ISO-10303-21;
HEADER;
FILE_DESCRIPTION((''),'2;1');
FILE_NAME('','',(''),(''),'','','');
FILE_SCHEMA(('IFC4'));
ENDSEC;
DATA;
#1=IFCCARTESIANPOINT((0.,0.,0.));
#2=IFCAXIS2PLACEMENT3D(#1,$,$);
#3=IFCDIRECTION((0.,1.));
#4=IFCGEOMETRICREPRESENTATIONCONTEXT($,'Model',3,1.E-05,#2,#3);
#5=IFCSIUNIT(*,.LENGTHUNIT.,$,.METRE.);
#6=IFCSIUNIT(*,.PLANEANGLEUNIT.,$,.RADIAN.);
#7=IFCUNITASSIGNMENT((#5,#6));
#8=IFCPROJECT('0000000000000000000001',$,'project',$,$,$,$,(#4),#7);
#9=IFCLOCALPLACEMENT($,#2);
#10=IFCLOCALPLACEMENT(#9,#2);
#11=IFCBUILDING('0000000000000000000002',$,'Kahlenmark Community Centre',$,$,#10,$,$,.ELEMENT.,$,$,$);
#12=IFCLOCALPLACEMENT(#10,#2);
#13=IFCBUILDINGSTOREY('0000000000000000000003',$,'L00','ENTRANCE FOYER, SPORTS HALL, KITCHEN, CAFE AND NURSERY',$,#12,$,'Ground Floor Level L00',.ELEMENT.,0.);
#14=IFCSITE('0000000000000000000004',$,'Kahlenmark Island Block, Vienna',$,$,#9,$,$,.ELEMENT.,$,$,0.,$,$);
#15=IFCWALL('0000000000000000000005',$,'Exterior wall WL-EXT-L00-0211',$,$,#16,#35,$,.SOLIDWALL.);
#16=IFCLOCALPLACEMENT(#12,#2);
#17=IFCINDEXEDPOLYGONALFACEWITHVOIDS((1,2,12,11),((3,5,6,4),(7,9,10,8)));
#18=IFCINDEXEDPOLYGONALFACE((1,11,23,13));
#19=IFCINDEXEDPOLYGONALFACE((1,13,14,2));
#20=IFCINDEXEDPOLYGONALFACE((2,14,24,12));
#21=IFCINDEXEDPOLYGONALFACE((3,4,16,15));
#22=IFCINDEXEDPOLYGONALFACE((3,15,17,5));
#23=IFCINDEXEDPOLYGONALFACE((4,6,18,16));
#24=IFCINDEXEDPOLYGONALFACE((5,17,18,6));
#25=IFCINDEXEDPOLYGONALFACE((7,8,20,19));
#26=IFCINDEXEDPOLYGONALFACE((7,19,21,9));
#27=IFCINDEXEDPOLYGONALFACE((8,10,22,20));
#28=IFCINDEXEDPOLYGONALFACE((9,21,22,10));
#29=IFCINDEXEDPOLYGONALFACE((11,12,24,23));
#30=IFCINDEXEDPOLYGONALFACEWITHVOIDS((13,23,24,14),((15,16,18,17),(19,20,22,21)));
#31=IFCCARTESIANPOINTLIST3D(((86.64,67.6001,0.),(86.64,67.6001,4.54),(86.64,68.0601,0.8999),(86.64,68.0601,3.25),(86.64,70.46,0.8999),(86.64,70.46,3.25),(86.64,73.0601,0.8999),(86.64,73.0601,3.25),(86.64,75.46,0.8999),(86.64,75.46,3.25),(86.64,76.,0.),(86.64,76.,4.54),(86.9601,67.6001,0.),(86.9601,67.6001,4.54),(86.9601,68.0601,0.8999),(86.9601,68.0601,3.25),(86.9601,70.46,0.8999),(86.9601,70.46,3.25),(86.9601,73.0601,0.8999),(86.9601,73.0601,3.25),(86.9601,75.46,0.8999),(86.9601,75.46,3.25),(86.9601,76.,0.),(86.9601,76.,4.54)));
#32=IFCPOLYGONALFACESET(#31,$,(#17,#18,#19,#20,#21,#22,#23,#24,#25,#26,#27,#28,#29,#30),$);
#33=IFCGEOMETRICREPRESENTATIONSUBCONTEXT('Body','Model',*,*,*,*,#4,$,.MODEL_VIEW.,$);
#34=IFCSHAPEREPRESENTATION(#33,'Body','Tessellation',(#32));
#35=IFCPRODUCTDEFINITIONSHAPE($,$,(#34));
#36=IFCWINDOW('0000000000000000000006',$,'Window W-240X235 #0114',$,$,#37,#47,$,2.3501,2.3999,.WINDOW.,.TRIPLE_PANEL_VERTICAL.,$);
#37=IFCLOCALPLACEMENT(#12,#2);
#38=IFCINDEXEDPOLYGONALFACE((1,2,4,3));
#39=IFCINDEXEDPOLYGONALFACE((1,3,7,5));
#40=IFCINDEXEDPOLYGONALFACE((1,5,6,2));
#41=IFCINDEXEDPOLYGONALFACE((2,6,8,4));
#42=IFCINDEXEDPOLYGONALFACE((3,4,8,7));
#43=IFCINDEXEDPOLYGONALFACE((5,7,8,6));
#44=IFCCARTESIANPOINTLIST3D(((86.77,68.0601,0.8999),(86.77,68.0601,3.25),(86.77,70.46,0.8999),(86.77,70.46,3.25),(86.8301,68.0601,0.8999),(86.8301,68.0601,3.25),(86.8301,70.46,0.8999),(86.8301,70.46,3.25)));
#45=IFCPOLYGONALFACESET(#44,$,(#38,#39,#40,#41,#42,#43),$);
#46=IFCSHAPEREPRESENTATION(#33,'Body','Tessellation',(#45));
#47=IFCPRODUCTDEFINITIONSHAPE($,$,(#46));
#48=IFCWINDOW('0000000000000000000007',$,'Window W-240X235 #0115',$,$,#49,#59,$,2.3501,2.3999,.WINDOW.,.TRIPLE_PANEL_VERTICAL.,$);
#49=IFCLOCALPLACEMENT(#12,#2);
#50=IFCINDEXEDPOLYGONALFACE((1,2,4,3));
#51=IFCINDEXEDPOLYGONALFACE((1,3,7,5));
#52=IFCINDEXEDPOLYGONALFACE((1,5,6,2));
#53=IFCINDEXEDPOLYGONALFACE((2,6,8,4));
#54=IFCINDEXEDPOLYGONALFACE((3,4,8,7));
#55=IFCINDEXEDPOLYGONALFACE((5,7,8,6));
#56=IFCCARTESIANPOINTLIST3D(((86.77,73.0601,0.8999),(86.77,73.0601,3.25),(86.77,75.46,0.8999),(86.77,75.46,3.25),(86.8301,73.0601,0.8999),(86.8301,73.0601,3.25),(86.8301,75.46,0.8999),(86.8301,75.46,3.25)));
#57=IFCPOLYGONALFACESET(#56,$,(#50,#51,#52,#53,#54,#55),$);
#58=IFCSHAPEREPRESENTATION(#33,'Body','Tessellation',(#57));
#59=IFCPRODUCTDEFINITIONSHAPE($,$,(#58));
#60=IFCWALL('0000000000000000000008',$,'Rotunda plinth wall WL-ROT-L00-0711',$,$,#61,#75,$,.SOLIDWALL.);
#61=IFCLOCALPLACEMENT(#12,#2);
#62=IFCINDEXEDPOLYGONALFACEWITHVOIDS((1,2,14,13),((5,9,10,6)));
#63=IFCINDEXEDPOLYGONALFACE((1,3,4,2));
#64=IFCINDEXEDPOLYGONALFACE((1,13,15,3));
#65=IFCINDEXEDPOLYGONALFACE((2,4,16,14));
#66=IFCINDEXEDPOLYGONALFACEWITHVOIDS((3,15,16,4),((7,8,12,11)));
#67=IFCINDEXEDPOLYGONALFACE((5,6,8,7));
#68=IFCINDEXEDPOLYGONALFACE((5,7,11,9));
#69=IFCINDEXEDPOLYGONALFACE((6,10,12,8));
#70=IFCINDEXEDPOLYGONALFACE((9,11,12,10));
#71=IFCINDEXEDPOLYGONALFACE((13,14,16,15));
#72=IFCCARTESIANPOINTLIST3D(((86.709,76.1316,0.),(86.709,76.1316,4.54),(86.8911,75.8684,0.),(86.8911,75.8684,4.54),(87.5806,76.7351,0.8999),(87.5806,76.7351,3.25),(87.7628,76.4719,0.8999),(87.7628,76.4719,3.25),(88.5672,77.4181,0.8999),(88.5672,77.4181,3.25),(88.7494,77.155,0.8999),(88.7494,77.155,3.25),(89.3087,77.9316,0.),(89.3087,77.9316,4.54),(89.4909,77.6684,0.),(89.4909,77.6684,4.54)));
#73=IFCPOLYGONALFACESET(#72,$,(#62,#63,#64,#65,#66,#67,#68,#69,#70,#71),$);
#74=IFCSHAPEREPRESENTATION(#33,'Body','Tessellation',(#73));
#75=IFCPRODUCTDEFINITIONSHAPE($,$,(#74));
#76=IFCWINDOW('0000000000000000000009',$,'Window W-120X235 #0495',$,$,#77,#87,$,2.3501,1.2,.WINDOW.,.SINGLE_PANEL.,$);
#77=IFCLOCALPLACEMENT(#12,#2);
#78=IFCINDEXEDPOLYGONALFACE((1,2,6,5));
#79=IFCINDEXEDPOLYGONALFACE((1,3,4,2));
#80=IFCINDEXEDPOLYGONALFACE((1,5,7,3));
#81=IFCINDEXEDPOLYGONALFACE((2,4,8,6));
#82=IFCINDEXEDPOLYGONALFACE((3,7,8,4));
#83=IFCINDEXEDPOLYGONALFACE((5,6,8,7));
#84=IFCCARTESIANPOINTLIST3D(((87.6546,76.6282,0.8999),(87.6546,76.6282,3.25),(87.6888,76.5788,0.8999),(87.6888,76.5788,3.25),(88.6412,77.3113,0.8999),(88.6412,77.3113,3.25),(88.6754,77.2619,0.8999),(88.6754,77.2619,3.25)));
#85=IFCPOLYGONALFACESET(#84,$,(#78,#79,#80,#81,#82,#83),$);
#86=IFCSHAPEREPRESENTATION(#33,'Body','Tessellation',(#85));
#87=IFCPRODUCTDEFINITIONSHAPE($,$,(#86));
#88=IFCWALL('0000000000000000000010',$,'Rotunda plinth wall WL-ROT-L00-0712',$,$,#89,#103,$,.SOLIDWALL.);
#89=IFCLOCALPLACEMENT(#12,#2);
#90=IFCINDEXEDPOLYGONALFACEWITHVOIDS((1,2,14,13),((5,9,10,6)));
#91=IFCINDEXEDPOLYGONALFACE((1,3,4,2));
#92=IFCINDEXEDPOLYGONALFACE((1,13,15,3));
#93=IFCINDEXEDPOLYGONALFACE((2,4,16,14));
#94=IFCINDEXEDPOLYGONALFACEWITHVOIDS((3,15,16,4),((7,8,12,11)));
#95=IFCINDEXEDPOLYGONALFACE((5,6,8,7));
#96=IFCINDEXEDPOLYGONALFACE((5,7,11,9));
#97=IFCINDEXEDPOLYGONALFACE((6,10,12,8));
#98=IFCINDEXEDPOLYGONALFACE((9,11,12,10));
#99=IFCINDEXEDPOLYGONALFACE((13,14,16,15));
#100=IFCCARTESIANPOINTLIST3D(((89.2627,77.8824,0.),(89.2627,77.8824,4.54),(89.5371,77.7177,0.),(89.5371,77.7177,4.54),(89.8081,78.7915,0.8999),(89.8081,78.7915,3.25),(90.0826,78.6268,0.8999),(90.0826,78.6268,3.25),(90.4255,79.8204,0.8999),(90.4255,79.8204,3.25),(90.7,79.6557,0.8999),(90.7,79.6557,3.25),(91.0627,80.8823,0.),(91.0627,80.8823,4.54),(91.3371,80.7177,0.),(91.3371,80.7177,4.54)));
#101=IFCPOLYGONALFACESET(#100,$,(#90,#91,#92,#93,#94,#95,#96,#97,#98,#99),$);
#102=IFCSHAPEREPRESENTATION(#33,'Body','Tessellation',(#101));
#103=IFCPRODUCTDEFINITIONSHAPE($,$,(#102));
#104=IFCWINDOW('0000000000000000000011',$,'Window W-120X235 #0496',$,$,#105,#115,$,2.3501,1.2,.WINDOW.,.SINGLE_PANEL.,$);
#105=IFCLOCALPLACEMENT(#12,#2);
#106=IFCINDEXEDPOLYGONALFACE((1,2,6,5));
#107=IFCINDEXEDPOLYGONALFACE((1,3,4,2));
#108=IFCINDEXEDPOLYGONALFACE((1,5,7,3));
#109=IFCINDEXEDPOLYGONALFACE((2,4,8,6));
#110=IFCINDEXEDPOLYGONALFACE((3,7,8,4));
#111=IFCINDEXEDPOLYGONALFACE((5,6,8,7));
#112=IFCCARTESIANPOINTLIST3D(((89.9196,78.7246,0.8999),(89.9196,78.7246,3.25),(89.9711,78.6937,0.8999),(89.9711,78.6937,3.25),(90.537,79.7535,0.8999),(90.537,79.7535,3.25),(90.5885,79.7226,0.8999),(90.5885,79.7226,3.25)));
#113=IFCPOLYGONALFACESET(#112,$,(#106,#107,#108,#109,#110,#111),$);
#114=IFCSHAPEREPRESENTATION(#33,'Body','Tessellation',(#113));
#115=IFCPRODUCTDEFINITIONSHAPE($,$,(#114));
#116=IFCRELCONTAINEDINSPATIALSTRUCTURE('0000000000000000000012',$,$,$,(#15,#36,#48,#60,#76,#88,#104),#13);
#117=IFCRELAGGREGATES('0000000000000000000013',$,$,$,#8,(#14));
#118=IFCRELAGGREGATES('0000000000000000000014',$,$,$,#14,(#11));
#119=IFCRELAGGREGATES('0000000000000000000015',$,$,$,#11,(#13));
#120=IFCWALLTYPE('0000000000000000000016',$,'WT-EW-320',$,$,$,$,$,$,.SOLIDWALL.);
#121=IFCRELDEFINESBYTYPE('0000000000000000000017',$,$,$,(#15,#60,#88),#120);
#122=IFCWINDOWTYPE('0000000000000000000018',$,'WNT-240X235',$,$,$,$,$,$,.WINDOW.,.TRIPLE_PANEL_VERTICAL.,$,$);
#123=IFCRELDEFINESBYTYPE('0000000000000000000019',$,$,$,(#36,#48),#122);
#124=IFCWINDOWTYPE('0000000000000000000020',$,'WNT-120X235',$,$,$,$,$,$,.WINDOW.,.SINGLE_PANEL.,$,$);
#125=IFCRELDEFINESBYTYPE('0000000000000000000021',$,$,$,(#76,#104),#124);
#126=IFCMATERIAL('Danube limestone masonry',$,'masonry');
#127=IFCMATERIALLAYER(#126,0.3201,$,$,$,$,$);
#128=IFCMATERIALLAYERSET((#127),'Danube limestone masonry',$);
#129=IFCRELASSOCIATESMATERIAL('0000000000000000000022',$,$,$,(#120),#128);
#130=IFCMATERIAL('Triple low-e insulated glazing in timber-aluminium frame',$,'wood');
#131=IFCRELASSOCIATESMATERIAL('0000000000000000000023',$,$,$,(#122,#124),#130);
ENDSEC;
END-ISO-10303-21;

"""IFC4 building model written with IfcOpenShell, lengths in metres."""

from ifc_helpers import new_model, si_unit, direction, frame, frame_2d, origin, place, context, subcontext, project, spatial, rectangle, extrude, material, layer, layer_set, type_object, element, fill, save


model = new_model("IFC4")

# Units and contexts
model_context = context("Model", 3, precision=1e-05, world=origin(), true_north=direction((0.0, 1.0)))
body_context = subcontext(model_context, "Body", "Model", "MODEL_VIEW")
ifc_project = project(units=[si_unit("LENGTHUNIT", "METRE"), si_unit("PLANEANGLEUNIT", "RADIAN")], contexts=[model_context])

# Site, building, storey
site_placement = place(None, origin())
site = spatial("IfcSite", under=ifc_project, at=site_placement, Name="Kahlenmark Island Block, Vienna", CompositionType="ELEMENT", RefElevation=0.0)
building_placement = place(site_placement, origin())
building = spatial("IfcBuilding", under=site, at=building_placement, Name="Kahlenmark Community Centre", CompositionType="ELEMENT")
storey_placement = place(building_placement, origin())
storey = spatial("IfcBuildingStorey", under=building, at=storey_placement, Name="L00", Description="ENTRANCE FOYER, SPORTS HALL, KITCHEN, CAFE AND NURSERY", LongName="Ground Floor Level L00", CompositionType="ELEMENT", Elevation=0.0)

# Wall, openings, windows
ifc_material_1 = material(Name="Danube limestone masonry", Category="masonry")
ifc_layer_1 = layer(ifc_material_1, 0.3201)
ifc_layer_set_1 = layer_set([ifc_layer_1], Name="Danube limestone masonry")
wall_type_1 = type_object("IfcWallType", Name="WT-EW-320", PredefinedType="SOLIDWALL", material=ifc_layer_set_1)
wall_1_placement = place(storey_placement, frame((86.8, 67.6001, 0.0), z_axis=(0.0, 0.0, 1.0), x_axis=(0.0, 1.0, 0.0)))
wall_1 = element("IfcWall", 1, at=wall_1_placement, inside=storey, type_object=wall_type_1, Name="Exterior wall WL-EXT-L00-0211", PredefinedType="SOLIDWALL", context=body_context, shape_type="SweptSolid", body=[
    extrude(rectangle(XDim=8.3999, YDim=0.3201, at=frame_2d((4.2, 0.0))), origin(), (0.0, 0.0, 1.0), 4.54),
])
opening_1_placement = place(wall_1_placement, frame((0.46, 0.0, 0.8999)))
opening_1 = element("IfcOpeningElement", 2, at=opening_1_placement, cuts=wall_1, PredefinedType="OPENING", context=body_context, shape_type="SweptSolid", body=[
    extrude(rectangle(XDim=2.3999, YDim=2.3501, at=frame_2d((1.2, 1.175))), frame((0.0, 0.1699, 0.0), z_axis=(0.0, -1.0, 0.0), x_axis=(1.0, 0.0, 0.0)), (0.0, 0.0, 1.0), 0.3401),
])
opening_2_placement = place(wall_1_placement, frame((5.46, 0.0, 0.8999)))
opening_2 = element("IfcOpeningElement", 3, at=opening_2_placement, cuts=wall_1, PredefinedType="OPENING", context=body_context, shape_type="SweptSolid", body=[
    extrude(rectangle(XDim=2.3999, YDim=2.3501, at=frame_2d((1.2, 1.175))), frame((0.0, 0.1699, 0.0), z_axis=(0.0, -1.0, 0.0), x_axis=(1.0, 0.0, 0.0)), (0.0, 0.0, 1.0), 0.3401),
])
ifc_material_2 = material(Name="Triple low-e insulated glazing in timber-aluminium frame", Category="wood")
window_type_1 = type_object("IfcWindowType", Name="WNT-240X235", PartitioningType="TRIPLE_PANEL_VERTICAL", PredefinedType="WINDOW", material=ifc_material_2)
window_1_placement = place(opening_1_placement, origin())
window_1 = element("IfcWindow", 4, at=window_1_placement, inside=storey, type_object=window_type_1, Name="Window W-240X235 #0114", OverallHeight=2.3501, OverallWidth=2.3999, PartitioningType="TRIPLE_PANEL_VERTICAL", PredefinedType="WINDOW", context=body_context, shape_type="SweptSolid", body=[
    extrude(rectangle(XDim=2.3999, YDim=2.3501, at=frame_2d((1.2, 1.175))), frame((0.0, 0.03, 0.0), z_axis=(0.0, -1.0, 0.0), x_axis=(1.0, 0.0, 0.0)), (0.0, 0.0, 1.0), 0.0601),
])
fill(opening_1, window_1)
window_2_placement = place(opening_2_placement, origin())
window_2 = element("IfcWindow", 5, at=window_2_placement, inside=storey, type_object=window_type_1, Name="Window W-240X235 #0115", OverallHeight=2.3501, OverallWidth=2.3999, PartitioningType="TRIPLE_PANEL_VERTICAL", PredefinedType="WINDOW", context=body_context, shape_type="SweptSolid", body=[
    extrude(rectangle(XDim=2.3999, YDim=2.3501, at=frame_2d((1.2, 1.175))), frame((0.0, 0.03, 0.0), z_axis=(0.0, -1.0, 0.0), x_axis=(1.0, 0.0, 0.0)), (0.0, 0.0, 1.0), 0.0601),
])
fill(opening_2, window_2)

# Walls, openings, windows
wall_2_placement = place(storey_placement, frame((86.8, 76.0, 0.0), z_axis=(0.0, 0.0, 1.0), x_axis=(0.82217, 0.569242, 0.0)))
wall_2 = element("IfcWall", 6, at=wall_2_placement, inside=storey, type_object=wall_type_1, Name="Rotunda plinth wall WL-ROT-L00-0711", PredefinedType="SOLIDWALL", context=body_context, shape_type="SweptSolid", body=[
    extrude(rectangle(XDim=3.1621, YDim=0.3201, at=frame_2d((1.5811, 0.0))), origin(), (0.0, 0.0, 1.0), 4.54),
])
opening_3_placement = place(wall_2_placement, frame((1.0601, 0.0, 0.8999)))
opening_3 = element("IfcOpeningElement", 7, at=opening_3_placement, cuts=wall_2, PredefinedType="OPENING", context=body_context, shape_type="SweptSolid", body=[
    extrude(rectangle(XDim=1.2, YDim=2.3501, at=frame_2d((0.6001, 1.175))), frame((0.0, 0.1699, 0.0), z_axis=(0.0, -1.0, 0.0), x_axis=(1.0, 0.0, 0.0)), (0.0, 0.0, 1.0), 0.3401),
])
window_type_2 = type_object("IfcWindowType", Name="WNT-120X235", PartitioningType="SINGLE_PANEL", PredefinedType="WINDOW", material=ifc_material_2)
window_3_placement = place(opening_3_placement, origin())
window_3 = element("IfcWindow", 8, at=window_3_placement, inside=storey, type_object=window_type_2, Name="Window W-120X235 #0495", OverallHeight=2.3501, OverallWidth=1.2, PartitioningType="SINGLE_PANEL", PredefinedType="WINDOW", context=body_context, shape_type="SweptSolid", body=[
    extrude(rectangle(XDim=1.2, YDim=2.3501, at=frame_2d((0.6001, 1.175))), frame((0.0, 0.03, 0.0), z_axis=(0.0, -1.0, 0.0), x_axis=(1.0, 0.0, 0.0)), (0.0, 0.0, 1.0), 0.0601),
])
fill(opening_3, window_3)
wall_3_placement = place(storey_placement, frame((89.3999, 77.8, 0.0), z_axis=(0.0, 0.0, 1.0), x_axis=(0.514506, 0.857487, 0.0)))
wall_3 = element("IfcWall", 9, at=wall_3_placement, inside=storey, type_object=wall_type_1, Name="Rotunda plinth wall WL-ROT-L00-0712", PredefinedType="SOLIDWALL", context=body_context, shape_type="SweptSolid", body=[
    extrude(rectangle(XDim=3.4985, YDim=0.3201, at=frame_2d((1.7493, 0.0))), origin(), (0.0, 0.0, 1.0), 4.54),
])
opening_4_placement = place(wall_3_placement, frame((1.0601, 0.0, 0.8999)))
opening_4 = element("IfcOpeningElement", 10, at=opening_4_placement, cuts=wall_3, PredefinedType="OPENING", context=body_context, shape_type="SweptSolid", body=[
    extrude(rectangle(XDim=1.2, YDim=2.3501, at=frame_2d((0.6001, 1.175))), frame((0.0, 0.1699, 0.0), z_axis=(0.0, -1.0, 0.0), x_axis=(1.0, 0.0, 0.0)), (0.0, 0.0, 1.0), 0.3401),
])
window_4_placement = place(opening_4_placement, origin())
window_4 = element("IfcWindow", 11, at=window_4_placement, inside=storey, type_object=window_type_2, Name="Window W-120X235 #0496", OverallHeight=2.3501, OverallWidth=1.2, PartitioningType="SINGLE_PANEL", PredefinedType="WINDOW", context=body_context, shape_type="SweptSolid", body=[
    extrude(rectangle(XDim=1.2, YDim=2.3501, at=frame_2d((0.6001, 1.175))), frame((0.0, 0.03, 0.0), z_axis=(0.0, -1.0, 0.0), x_axis=(1.0, 0.0, 0.0)), (0.0, 0.0, 1.0), 0.0601),
])
fill(opening_4, window_4)

save(model, "model.ifc")
